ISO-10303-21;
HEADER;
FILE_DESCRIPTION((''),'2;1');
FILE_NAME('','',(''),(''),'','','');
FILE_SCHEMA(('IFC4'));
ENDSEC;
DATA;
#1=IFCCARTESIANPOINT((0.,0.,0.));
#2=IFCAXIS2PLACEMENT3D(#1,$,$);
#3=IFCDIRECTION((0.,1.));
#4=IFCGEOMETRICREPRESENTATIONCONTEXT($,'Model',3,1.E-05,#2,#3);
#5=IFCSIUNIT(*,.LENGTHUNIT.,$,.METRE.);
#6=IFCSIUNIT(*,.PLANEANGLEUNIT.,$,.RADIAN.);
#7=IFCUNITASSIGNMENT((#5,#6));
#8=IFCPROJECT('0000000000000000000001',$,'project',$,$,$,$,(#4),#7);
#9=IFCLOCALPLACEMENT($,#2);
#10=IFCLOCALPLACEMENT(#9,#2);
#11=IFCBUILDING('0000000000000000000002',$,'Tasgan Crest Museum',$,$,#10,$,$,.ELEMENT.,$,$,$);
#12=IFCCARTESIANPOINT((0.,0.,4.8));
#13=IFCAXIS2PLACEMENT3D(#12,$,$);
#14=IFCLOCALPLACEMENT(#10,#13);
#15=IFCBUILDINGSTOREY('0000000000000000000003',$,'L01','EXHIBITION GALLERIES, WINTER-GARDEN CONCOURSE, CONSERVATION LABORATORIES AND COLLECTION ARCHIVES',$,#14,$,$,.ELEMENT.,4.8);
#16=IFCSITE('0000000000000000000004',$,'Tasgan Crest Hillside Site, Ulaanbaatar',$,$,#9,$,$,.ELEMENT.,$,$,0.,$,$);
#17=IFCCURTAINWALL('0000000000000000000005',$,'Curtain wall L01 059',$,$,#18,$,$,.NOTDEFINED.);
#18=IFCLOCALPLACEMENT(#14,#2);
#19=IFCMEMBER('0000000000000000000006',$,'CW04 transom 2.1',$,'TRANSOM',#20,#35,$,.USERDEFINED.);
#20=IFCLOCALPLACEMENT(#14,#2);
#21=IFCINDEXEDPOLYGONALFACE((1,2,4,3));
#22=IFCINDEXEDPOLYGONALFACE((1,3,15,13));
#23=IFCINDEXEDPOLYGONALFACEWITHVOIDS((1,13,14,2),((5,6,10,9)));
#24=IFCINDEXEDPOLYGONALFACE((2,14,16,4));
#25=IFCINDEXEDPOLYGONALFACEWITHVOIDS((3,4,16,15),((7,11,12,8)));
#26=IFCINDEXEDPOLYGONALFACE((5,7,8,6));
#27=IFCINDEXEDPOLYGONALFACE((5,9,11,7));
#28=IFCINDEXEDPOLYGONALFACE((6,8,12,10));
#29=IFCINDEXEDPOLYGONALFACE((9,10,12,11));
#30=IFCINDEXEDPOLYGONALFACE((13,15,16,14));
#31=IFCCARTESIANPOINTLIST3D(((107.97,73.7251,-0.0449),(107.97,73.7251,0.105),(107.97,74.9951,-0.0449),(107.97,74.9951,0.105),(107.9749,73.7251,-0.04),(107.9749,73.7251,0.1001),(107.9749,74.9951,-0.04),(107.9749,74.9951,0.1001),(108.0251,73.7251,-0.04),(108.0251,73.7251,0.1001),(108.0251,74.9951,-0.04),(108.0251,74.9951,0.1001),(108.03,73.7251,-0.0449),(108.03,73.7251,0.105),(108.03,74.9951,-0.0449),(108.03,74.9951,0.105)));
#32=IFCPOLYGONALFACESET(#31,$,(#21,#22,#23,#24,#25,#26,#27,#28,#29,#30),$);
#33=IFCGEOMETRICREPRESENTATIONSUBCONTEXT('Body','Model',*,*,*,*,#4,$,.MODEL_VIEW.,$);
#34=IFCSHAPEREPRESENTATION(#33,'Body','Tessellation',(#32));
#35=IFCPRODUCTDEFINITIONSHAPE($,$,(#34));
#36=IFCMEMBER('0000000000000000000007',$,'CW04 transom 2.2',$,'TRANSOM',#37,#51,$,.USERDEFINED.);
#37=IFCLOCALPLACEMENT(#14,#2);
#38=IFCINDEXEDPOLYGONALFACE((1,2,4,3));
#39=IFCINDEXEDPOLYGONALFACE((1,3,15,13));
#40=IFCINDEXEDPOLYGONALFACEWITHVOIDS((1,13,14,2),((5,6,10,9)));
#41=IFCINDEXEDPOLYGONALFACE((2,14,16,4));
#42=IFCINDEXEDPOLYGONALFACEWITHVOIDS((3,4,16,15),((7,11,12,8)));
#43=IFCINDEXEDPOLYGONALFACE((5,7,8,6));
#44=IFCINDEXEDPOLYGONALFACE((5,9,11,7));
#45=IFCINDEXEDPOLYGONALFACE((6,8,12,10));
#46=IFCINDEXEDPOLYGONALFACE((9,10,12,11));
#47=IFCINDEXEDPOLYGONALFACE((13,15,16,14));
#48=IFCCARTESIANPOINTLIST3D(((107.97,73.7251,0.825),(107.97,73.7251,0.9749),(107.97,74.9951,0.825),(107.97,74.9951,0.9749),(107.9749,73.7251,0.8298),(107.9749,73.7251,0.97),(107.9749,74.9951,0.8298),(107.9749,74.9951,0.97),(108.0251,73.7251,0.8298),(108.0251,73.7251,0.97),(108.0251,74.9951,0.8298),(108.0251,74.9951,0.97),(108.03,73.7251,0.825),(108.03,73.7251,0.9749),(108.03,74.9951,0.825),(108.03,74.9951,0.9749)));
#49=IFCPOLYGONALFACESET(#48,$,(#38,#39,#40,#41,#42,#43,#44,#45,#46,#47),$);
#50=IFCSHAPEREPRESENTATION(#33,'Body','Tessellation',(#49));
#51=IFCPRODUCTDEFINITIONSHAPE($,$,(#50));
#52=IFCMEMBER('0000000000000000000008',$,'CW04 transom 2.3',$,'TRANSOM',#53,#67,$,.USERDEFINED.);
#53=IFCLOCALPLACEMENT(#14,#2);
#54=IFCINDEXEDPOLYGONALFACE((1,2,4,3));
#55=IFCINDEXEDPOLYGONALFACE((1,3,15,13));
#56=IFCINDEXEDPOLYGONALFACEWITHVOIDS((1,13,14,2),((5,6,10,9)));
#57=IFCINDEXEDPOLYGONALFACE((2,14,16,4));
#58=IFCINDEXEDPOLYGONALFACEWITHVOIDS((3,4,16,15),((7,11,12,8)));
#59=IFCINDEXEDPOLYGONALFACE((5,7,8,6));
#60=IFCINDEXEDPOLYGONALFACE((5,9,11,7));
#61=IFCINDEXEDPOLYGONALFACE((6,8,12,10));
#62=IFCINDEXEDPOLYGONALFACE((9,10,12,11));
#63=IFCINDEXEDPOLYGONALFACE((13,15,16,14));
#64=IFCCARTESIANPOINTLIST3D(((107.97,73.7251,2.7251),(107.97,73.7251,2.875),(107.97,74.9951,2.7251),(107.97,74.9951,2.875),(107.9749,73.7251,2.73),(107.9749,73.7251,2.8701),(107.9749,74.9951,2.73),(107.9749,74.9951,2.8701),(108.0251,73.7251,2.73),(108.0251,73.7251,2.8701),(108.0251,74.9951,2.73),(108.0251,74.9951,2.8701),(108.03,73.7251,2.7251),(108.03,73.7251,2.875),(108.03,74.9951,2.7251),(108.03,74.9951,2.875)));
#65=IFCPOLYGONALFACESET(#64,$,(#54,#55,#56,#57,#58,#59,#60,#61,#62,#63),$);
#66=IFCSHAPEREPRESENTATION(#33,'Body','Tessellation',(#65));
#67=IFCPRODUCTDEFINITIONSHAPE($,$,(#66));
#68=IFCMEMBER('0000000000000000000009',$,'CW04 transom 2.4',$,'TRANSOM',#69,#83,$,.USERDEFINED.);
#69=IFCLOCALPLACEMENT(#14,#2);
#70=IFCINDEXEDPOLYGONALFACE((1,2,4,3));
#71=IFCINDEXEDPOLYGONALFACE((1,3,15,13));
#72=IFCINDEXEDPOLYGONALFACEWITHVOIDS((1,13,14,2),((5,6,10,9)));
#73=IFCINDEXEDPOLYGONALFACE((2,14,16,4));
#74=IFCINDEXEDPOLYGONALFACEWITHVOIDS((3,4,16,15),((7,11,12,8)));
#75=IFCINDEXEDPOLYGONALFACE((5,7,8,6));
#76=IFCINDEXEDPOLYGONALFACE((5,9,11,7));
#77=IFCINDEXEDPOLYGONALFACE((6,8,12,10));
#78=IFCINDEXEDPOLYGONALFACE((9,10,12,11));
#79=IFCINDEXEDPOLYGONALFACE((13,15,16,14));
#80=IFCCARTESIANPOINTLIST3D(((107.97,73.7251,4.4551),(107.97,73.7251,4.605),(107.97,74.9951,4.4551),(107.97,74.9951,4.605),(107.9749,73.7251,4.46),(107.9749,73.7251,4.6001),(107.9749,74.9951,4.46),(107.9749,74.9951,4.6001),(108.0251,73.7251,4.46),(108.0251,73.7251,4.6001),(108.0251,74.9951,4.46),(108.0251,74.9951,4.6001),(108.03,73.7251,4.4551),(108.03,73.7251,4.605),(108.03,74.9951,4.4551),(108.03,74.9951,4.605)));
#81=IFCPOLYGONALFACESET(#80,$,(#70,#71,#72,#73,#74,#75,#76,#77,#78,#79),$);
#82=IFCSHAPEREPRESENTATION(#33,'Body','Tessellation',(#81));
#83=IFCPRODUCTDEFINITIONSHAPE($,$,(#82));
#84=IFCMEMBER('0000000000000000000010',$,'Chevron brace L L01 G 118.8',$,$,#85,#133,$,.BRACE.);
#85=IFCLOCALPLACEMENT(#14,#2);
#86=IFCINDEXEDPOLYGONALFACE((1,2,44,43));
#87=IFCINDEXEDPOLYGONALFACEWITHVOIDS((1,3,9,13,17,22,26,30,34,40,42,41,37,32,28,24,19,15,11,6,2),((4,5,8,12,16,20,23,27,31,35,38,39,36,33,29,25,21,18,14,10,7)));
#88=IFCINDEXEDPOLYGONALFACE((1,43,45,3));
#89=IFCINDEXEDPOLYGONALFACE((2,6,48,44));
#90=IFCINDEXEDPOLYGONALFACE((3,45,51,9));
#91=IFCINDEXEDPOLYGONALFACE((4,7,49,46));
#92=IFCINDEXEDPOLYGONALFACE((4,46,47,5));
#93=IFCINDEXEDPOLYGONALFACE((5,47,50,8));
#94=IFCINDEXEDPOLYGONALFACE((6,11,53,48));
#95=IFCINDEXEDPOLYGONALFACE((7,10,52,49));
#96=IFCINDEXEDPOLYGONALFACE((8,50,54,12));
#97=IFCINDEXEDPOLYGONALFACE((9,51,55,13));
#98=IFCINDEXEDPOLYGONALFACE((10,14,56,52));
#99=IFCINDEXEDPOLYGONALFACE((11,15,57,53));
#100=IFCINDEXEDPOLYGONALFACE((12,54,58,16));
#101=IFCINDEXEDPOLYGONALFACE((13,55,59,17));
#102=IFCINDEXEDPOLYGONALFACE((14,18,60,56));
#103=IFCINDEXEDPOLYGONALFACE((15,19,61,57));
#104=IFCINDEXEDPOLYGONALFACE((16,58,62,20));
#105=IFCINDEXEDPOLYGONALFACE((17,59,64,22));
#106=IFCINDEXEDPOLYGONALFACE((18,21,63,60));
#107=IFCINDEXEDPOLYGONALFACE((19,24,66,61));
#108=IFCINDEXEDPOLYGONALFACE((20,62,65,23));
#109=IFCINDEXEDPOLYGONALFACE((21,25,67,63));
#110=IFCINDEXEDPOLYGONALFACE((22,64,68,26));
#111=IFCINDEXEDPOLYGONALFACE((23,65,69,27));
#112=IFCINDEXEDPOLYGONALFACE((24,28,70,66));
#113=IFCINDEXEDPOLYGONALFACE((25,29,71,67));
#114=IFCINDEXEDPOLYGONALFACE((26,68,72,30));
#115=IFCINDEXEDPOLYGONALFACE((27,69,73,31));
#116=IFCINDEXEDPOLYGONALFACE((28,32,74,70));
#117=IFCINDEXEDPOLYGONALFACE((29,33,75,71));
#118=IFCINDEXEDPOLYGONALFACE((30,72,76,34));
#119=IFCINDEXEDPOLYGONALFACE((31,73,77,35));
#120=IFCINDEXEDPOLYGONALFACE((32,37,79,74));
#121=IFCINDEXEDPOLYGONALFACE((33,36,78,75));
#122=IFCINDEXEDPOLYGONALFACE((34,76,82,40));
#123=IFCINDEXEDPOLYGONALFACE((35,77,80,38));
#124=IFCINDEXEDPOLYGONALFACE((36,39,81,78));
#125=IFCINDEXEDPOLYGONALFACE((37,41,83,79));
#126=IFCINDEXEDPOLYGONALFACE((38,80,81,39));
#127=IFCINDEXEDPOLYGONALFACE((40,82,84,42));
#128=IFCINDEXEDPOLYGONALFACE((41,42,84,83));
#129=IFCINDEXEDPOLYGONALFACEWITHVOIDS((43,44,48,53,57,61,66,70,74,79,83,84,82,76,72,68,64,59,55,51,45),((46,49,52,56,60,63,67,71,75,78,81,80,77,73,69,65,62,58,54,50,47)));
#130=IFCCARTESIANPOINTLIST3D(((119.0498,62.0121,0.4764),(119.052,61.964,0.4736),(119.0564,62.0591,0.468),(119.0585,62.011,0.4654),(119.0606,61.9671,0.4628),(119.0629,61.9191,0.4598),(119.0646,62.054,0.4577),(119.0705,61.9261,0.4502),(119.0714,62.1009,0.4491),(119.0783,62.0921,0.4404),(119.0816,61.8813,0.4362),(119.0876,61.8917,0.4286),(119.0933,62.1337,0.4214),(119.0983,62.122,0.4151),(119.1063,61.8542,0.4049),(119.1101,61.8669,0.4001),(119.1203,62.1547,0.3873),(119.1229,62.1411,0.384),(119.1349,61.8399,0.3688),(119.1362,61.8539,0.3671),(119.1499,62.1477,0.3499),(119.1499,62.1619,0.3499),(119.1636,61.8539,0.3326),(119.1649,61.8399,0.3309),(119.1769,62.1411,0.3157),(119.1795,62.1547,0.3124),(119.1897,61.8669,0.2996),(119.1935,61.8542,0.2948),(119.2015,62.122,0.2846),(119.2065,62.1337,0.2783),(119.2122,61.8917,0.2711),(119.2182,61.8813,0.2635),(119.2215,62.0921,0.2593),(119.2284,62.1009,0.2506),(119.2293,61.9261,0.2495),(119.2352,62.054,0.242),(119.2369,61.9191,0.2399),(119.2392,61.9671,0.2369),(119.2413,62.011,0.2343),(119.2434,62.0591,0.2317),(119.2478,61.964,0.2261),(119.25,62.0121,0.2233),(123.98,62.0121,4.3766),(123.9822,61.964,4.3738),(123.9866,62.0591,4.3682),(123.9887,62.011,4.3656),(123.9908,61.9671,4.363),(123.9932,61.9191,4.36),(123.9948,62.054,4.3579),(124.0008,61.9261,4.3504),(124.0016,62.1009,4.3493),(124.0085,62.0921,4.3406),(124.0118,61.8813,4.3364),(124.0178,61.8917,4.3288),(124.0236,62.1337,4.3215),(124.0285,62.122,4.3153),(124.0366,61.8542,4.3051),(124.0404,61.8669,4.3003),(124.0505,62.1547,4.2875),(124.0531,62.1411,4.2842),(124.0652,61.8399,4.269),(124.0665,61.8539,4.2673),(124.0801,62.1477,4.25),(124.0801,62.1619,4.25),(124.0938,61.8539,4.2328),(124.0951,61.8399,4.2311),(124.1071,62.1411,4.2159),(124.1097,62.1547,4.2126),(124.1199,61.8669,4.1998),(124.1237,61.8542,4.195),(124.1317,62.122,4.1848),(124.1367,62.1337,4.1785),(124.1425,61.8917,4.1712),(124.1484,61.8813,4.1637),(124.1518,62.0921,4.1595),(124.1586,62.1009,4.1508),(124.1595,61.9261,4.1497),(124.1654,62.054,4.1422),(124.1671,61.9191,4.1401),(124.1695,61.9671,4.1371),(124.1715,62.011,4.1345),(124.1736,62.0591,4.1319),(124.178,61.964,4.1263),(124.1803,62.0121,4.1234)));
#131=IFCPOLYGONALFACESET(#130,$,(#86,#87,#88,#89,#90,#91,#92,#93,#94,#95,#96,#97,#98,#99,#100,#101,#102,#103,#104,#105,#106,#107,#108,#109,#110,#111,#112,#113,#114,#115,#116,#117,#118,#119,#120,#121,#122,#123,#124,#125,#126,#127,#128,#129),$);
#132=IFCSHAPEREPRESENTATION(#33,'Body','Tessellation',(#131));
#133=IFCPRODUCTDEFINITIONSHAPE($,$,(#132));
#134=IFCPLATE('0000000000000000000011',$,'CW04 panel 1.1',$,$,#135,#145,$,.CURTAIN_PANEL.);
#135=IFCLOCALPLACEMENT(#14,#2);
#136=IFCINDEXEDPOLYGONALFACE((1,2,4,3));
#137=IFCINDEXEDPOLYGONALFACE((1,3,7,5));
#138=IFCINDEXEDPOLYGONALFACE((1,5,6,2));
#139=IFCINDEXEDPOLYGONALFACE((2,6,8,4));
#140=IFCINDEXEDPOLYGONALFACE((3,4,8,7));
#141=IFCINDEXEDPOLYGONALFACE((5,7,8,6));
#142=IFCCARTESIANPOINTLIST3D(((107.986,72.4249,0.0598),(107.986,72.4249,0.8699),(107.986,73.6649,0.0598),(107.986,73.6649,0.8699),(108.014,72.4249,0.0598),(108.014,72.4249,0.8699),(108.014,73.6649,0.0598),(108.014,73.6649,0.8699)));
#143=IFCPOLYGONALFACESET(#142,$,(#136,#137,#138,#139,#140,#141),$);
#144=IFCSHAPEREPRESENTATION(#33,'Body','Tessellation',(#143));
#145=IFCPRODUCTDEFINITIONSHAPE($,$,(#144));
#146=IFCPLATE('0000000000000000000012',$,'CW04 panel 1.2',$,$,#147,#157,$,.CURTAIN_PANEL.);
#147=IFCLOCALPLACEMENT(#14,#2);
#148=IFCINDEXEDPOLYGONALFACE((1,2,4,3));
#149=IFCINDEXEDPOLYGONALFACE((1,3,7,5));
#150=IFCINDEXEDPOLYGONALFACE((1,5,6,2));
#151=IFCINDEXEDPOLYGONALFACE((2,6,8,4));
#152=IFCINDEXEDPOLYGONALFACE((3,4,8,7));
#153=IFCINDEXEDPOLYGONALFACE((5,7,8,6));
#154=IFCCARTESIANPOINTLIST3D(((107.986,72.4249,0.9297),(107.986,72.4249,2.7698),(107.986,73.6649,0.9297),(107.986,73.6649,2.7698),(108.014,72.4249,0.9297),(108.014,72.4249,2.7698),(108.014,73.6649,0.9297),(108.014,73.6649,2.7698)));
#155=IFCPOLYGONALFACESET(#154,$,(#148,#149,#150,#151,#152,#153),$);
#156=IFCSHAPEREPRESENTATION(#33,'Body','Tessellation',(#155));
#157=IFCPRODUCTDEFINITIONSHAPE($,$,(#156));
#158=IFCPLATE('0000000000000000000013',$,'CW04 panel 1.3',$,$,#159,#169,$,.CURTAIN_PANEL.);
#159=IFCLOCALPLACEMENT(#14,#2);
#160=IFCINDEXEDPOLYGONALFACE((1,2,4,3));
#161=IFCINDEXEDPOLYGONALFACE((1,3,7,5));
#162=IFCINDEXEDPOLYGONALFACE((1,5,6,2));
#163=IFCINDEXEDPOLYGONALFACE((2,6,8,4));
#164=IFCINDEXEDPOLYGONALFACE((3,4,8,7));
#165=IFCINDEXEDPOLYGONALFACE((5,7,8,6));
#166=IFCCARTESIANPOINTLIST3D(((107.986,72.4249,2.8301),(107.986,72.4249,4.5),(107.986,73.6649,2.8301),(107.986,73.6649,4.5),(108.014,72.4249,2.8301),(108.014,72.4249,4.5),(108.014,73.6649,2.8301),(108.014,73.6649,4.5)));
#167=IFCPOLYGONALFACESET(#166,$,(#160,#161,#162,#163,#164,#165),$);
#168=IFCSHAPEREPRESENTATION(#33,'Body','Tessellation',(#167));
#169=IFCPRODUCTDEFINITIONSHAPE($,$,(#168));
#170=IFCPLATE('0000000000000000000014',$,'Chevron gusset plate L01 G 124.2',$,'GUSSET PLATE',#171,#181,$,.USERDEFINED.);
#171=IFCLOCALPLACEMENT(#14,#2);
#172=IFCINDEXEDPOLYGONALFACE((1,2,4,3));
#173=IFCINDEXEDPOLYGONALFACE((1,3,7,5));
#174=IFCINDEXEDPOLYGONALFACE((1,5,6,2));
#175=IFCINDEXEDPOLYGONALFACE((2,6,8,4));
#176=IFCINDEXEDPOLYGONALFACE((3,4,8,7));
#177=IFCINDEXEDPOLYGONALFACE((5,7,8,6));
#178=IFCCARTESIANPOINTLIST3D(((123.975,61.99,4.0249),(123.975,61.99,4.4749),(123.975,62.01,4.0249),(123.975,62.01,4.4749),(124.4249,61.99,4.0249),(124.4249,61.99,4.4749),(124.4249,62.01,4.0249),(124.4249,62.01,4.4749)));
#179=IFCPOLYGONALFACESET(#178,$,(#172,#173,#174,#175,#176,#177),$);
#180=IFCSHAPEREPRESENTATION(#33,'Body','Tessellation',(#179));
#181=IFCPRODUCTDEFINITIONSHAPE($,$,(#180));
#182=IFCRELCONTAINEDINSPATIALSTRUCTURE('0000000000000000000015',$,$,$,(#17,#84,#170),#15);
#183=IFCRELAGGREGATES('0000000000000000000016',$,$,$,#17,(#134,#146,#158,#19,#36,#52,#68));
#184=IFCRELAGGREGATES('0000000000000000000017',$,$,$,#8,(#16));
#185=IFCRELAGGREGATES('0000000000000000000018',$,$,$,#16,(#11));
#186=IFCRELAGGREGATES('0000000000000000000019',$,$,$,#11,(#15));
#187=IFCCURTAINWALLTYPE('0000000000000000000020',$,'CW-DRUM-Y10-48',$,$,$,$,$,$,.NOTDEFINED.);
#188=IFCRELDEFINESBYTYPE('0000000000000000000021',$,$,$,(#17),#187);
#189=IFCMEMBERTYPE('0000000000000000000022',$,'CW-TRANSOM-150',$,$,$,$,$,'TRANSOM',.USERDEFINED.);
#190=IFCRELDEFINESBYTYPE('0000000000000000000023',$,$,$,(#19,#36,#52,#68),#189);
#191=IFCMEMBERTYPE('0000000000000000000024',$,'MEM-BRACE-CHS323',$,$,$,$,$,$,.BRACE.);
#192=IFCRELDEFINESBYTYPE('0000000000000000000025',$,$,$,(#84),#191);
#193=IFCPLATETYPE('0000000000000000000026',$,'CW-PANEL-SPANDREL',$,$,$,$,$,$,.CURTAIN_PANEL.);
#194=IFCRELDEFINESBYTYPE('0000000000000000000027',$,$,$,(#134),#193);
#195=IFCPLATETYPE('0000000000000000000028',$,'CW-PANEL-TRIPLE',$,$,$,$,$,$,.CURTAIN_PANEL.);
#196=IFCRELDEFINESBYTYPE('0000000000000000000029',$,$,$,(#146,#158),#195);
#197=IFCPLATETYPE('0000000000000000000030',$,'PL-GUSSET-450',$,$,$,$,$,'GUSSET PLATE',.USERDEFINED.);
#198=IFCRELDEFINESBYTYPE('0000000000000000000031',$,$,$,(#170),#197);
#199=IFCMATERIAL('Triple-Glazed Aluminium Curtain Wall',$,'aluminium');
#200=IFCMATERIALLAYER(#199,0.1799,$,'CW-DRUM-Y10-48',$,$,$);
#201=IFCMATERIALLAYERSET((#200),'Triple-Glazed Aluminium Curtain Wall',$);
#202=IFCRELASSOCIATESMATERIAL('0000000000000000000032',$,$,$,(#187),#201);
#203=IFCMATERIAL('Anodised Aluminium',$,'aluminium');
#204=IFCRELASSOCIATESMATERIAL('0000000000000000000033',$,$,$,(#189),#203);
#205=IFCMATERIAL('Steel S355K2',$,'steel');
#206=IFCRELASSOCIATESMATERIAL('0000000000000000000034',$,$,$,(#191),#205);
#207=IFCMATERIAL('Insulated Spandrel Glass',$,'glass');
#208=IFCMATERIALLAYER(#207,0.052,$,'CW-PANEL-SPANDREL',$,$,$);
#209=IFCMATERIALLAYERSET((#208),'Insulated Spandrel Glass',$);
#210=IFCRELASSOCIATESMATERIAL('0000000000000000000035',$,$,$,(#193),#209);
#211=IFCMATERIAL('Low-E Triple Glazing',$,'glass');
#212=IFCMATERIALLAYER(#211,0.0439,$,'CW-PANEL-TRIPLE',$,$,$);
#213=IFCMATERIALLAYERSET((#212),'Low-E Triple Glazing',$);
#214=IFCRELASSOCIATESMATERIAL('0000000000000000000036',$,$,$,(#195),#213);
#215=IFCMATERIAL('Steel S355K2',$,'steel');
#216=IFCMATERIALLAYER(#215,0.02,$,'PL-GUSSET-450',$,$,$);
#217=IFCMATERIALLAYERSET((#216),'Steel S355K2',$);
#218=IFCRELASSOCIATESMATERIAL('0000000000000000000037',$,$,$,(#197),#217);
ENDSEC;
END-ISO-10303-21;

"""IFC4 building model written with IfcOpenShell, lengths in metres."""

from ifc_helpers import new_model, si_unit, direction, frame, origin, origin_2d, place, context, subcontext, project, spatial, rectangle, hollow_rectangle, hollow_circle, extrude, material, layer, layer_set, material_profile, profile_set, type_object, element, aggregate, save


model = new_model("IFC4")

# Units and contexts
model_context = context("Model", 3, precision=1e-05, world=origin(), true_north=direction((0.0, 1.0)))
body_context = subcontext(model_context, "Body", "Model", "MODEL_VIEW")
ifc_project = project(units=[si_unit("LENGTHUNIT", "METRE"), si_unit("PLANEANGLEUNIT", "RADIAN")], contexts=[model_context])

# Site, building, storey
site_placement = place(None, origin())
site = spatial("IfcSite", under=ifc_project, at=site_placement, Name="Tasgan Crest Hillside Site, Ulaanbaatar", CompositionType="ELEMENT", RefElevation=0.0)
building_placement = place(site_placement, origin())
building = spatial("IfcBuilding", under=site, at=building_placement, Name="Tasgan Crest Museum", CompositionType="ELEMENT")
storey_placement = place(building_placement, frame((0.0, 0.0, 4.8)))
storey = spatial("IfcBuildingStorey", under=building, at=storey_placement, Name="L01", Description="EXHIBITION GALLERIES, WINTER-GARDEN CONCOURSE, CONSERVATION LABORATORIES AND COLLECTION ARCHIVES", CompositionType="ELEMENT", Elevation=4.8)

# Curtain wall, members
ifc_material_1 = material(Name="Triple-Glazed Aluminium Curtain Wall", Category="aluminium")
ifc_layer_1 = layer(ifc_material_1, 0.1799, Name="CW-DRUM-Y10-48")
ifc_layer_set_1 = layer_set([ifc_layer_1], Name="Triple-Glazed Aluminium Curtain Wall")
curtain_wall_type = type_object("IfcCurtainWallType", Name="CW-DRUM-Y10-48", PredefinedType="NOTDEFINED", material=ifc_layer_set_1)
curtain_wall_placement = place(storey_placement, origin())
curtain_wall = element("IfcCurtainWall", 1, at=curtain_wall_placement, inside=storey, type_object=curtain_wall_type, Name="Curtain wall L01 059", PredefinedType="NOTDEFINED")
ifc_material_2 = material(Name="Anodised Aluminium", Category="aluminium")
ifc_material_profile_1 = material_profile(ifc_material_2, hollow_rectangle(XDim=0.0601, YDim=0.1499, WallThickness=0.0049, at=origin_2d()), Name="ALU TRANSOM 150x60x5")
ifc_profile_set_1 = profile_set([ifc_material_profile_1], Name="Anodised Aluminium")
member_type_1 = type_object("IfcMemberType", Name="CW-TRANSOM-150", ElementType="TRANSOM", PredefinedType="USERDEFINED", material=ifc_profile_set_1)
member_1_placement = place(storey_placement, frame((108.0, 73.7251, 0.03), z_axis=(0.0, 1.0, 0.0), x_axis=(-1.0, 0.0, 0.0)))
member_1 = element("IfcMember", 2, at=member_1_placement, type_object=member_type_1, Name="CW04 transom 2.1", ObjectType="TRANSOM", PredefinedType="USERDEFINED", context=body_context, shape_type="SweptSolid", body=[
    extrude(hollow_rectangle(XDim=0.0601, YDim=0.1499, WallThickness=0.0049, at=origin_2d()), origin(), (0.0, 0.0, 1.0), 1.27),
])
member_2_placement = place(storey_placement, frame((108.0, 73.7251, 0.8999), z_axis=(0.0, 1.0, 0.0), x_axis=(-1.0, 0.0, 0.0)))
member_2 = element("IfcMember", 3, at=member_2_placement, type_object=member_type_1, Name="CW04 transom 2.2", ObjectType="TRANSOM", PredefinedType="USERDEFINED", context=body_context, shape_type="SweptSolid", body=[
    extrude(hollow_rectangle(XDim=0.0601, YDim=0.1499, WallThickness=0.0049, at=origin_2d()), origin(), (0.0, 0.0, 1.0), 1.27),
])
member_3_placement = place(storey_placement, frame((108.0, 73.7251, 2.8), z_axis=(0.0, 1.0, 0.0), x_axis=(-1.0, 0.0, 0.0)))
member_3 = element("IfcMember", 4, at=member_3_placement, type_object=member_type_1, Name="CW04 transom 2.3", ObjectType="TRANSOM", PredefinedType="USERDEFINED", context=body_context, shape_type="SweptSolid", body=[
    extrude(hollow_rectangle(XDim=0.0601, YDim=0.1499, WallThickness=0.0049, at=origin_2d()), origin(), (0.0, 0.0, 1.0), 1.27),
])
member_4_placement = place(storey_placement, frame((108.0, 73.7251, 4.53), z_axis=(0.0, 1.0, 0.0), x_axis=(-1.0, 0.0, 0.0)))
member_4 = element("IfcMember", 5, at=member_4_placement, type_object=member_type_1, Name="CW04 transom 2.4", ObjectType="TRANSOM", PredefinedType="USERDEFINED", context=body_context, shape_type="SweptSolid", body=[
    extrude(hollow_rectangle(XDim=0.0601, YDim=0.1499, WallThickness=0.0049, at=origin_2d()), origin(), (0.0, 0.0, 1.0), 1.27),
])

# Member
ifc_material_3 = material(Name="Steel S355K2", Category="steel")
ifc_material_profile_2 = material_profile(ifc_material_3, hollow_circle(Radius=0.1619, WallThickness=0.0142, at=origin_2d()), Name="CHS 323.9x14.2")
ifc_profile_set_2 = profile_set([ifc_material_profile_2], Name="Steel S355K2")
member_type_2 = type_object("IfcMemberType", Name="MEM-BRACE-CHS323", PredefinedType="BRACE", material=ifc_profile_set_2)
member_5_placement = place(storey_placement, frame((119.1499, 62.0, 0.3499), z_axis=(0.784271, 0.0, 0.620418), x_axis=(0.0, 1.0, 0.0)))
element("IfcMember", 6, at=member_5_placement, inside=storey, type_object=member_type_2, Name="Chevron brace L L01 G 118.8", PredefinedType="BRACE", context=body_context, shape_type="SweptSolid", body=[
    extrude(hollow_circle(Radius=0.1619, WallThickness=0.0142, at=origin_2d()), origin(), (0.0, 0.0, 1.0), 6.2864),
])

# Plates
ifc_material_4 = material(Name="Insulated Spandrel Glass", Category="glass")
ifc_layer_2 = layer(ifc_material_4, 0.052, Name="CW-PANEL-SPANDREL")
ifc_layer_set_2 = layer_set([ifc_layer_2], Name="Insulated Spandrel Glass")
plate_type_1 = type_object("IfcPlateType", Name="CW-PANEL-SPANDREL", PredefinedType="CURTAIN_PANEL", material=ifc_layer_set_2)
plate_1_placement = place(storey_placement, frame((108.0, 73.0449, 0.0598), z_axis=(0.0, 0.0, 1.0), x_axis=(0.0, 1.0, 0.0)))
plate_1 = element("IfcPlate", 7, at=plate_1_placement, type_object=plate_type_1, Name="CW04 panel 1.1", PredefinedType="CURTAIN_PANEL", context=body_context, shape_type="SweptSolid", body=[
    extrude(rectangle(XDim=1.24, YDim=0.0281, at=origin_2d()), origin(), (0.0, 0.0, 1.0), 0.8101),
])
ifc_material_5 = material(Name="Low-E Triple Glazing", Category="glass")
ifc_layer_3 = layer(ifc_material_5, 0.0439, Name="CW-PANEL-TRIPLE")
ifc_layer_set_3 = layer_set([ifc_layer_3], Name="Low-E Triple Glazing")
plate_type_2 = type_object("IfcPlateType", Name="CW-PANEL-TRIPLE", PredefinedType="CURTAIN_PANEL", material=ifc_layer_set_3)
plate_2_placement = place(storey_placement, frame((108.0, 73.0449, 0.9297), z_axis=(0.0, 0.0, 1.0), x_axis=(0.0, 1.0, 0.0)))
plate_2 = element("IfcPlate", 8, at=plate_2_placement, type_object=plate_type_2, Name="CW04 panel 1.2", PredefinedType="CURTAIN_PANEL", context=body_context, shape_type="SweptSolid", body=[
    extrude(rectangle(XDim=1.24, YDim=0.0281, at=origin_2d()), origin(), (0.0, 0.0, 1.0), 1.8401),
])
plate_3_placement = place(storey_placement, frame((108.0, 73.0449, 2.8301), z_axis=(0.0, 0.0, 1.0), x_axis=(0.0, 1.0, 0.0)))
plate_3 = element("IfcPlate", 9, at=plate_3_placement, type_object=plate_type_2, Name="CW04 panel 1.3", PredefinedType="CURTAIN_PANEL", context=body_context, shape_type="SweptSolid", body=[
    extrude(rectangle(XDim=1.24, YDim=0.0281, at=origin_2d()), origin(), (0.0, 0.0, 1.0), 1.6699),
])
aggregate(curtain_wall, [plate_1, plate_2, plate_3, member_1, member_2, member_3, member_4])
ifc_material_6 = material(Name="Steel S355K2", Category="steel")
ifc_layer_4 = layer(ifc_material_6, 0.02, Name="PL-GUSSET-450")
ifc_layer_set_4 = layer_set([ifc_layer_4], Name="Steel S355K2")
plate_type_3 = type_object("IfcPlateType", Name="PL-GUSSET-450", ElementType="GUSSET PLATE", PredefinedType="USERDEFINED", material=ifc_layer_set_4)
plate_4_placement = place(storey_placement, frame((124.2, 62.0, 4.0249), z_axis=(0.0, 0.0, 1.0), x_axis=(1.0, 0.0, 0.0)))
element("IfcPlate", 10, at=plate_4_placement, inside=storey, type_object=plate_type_3, Name="Chevron gusset plate L01 G 124.2", ObjectType="GUSSET PLATE", PredefinedType="USERDEFINED", context=body_context, shape_type="SweptSolid", body=[
    extrude(rectangle(XDim=0.45, YDim=0.02, at=origin_2d()), origin(), (0.0, 0.0, 1.0), 0.45),
])

save(model, "model.ifc")
